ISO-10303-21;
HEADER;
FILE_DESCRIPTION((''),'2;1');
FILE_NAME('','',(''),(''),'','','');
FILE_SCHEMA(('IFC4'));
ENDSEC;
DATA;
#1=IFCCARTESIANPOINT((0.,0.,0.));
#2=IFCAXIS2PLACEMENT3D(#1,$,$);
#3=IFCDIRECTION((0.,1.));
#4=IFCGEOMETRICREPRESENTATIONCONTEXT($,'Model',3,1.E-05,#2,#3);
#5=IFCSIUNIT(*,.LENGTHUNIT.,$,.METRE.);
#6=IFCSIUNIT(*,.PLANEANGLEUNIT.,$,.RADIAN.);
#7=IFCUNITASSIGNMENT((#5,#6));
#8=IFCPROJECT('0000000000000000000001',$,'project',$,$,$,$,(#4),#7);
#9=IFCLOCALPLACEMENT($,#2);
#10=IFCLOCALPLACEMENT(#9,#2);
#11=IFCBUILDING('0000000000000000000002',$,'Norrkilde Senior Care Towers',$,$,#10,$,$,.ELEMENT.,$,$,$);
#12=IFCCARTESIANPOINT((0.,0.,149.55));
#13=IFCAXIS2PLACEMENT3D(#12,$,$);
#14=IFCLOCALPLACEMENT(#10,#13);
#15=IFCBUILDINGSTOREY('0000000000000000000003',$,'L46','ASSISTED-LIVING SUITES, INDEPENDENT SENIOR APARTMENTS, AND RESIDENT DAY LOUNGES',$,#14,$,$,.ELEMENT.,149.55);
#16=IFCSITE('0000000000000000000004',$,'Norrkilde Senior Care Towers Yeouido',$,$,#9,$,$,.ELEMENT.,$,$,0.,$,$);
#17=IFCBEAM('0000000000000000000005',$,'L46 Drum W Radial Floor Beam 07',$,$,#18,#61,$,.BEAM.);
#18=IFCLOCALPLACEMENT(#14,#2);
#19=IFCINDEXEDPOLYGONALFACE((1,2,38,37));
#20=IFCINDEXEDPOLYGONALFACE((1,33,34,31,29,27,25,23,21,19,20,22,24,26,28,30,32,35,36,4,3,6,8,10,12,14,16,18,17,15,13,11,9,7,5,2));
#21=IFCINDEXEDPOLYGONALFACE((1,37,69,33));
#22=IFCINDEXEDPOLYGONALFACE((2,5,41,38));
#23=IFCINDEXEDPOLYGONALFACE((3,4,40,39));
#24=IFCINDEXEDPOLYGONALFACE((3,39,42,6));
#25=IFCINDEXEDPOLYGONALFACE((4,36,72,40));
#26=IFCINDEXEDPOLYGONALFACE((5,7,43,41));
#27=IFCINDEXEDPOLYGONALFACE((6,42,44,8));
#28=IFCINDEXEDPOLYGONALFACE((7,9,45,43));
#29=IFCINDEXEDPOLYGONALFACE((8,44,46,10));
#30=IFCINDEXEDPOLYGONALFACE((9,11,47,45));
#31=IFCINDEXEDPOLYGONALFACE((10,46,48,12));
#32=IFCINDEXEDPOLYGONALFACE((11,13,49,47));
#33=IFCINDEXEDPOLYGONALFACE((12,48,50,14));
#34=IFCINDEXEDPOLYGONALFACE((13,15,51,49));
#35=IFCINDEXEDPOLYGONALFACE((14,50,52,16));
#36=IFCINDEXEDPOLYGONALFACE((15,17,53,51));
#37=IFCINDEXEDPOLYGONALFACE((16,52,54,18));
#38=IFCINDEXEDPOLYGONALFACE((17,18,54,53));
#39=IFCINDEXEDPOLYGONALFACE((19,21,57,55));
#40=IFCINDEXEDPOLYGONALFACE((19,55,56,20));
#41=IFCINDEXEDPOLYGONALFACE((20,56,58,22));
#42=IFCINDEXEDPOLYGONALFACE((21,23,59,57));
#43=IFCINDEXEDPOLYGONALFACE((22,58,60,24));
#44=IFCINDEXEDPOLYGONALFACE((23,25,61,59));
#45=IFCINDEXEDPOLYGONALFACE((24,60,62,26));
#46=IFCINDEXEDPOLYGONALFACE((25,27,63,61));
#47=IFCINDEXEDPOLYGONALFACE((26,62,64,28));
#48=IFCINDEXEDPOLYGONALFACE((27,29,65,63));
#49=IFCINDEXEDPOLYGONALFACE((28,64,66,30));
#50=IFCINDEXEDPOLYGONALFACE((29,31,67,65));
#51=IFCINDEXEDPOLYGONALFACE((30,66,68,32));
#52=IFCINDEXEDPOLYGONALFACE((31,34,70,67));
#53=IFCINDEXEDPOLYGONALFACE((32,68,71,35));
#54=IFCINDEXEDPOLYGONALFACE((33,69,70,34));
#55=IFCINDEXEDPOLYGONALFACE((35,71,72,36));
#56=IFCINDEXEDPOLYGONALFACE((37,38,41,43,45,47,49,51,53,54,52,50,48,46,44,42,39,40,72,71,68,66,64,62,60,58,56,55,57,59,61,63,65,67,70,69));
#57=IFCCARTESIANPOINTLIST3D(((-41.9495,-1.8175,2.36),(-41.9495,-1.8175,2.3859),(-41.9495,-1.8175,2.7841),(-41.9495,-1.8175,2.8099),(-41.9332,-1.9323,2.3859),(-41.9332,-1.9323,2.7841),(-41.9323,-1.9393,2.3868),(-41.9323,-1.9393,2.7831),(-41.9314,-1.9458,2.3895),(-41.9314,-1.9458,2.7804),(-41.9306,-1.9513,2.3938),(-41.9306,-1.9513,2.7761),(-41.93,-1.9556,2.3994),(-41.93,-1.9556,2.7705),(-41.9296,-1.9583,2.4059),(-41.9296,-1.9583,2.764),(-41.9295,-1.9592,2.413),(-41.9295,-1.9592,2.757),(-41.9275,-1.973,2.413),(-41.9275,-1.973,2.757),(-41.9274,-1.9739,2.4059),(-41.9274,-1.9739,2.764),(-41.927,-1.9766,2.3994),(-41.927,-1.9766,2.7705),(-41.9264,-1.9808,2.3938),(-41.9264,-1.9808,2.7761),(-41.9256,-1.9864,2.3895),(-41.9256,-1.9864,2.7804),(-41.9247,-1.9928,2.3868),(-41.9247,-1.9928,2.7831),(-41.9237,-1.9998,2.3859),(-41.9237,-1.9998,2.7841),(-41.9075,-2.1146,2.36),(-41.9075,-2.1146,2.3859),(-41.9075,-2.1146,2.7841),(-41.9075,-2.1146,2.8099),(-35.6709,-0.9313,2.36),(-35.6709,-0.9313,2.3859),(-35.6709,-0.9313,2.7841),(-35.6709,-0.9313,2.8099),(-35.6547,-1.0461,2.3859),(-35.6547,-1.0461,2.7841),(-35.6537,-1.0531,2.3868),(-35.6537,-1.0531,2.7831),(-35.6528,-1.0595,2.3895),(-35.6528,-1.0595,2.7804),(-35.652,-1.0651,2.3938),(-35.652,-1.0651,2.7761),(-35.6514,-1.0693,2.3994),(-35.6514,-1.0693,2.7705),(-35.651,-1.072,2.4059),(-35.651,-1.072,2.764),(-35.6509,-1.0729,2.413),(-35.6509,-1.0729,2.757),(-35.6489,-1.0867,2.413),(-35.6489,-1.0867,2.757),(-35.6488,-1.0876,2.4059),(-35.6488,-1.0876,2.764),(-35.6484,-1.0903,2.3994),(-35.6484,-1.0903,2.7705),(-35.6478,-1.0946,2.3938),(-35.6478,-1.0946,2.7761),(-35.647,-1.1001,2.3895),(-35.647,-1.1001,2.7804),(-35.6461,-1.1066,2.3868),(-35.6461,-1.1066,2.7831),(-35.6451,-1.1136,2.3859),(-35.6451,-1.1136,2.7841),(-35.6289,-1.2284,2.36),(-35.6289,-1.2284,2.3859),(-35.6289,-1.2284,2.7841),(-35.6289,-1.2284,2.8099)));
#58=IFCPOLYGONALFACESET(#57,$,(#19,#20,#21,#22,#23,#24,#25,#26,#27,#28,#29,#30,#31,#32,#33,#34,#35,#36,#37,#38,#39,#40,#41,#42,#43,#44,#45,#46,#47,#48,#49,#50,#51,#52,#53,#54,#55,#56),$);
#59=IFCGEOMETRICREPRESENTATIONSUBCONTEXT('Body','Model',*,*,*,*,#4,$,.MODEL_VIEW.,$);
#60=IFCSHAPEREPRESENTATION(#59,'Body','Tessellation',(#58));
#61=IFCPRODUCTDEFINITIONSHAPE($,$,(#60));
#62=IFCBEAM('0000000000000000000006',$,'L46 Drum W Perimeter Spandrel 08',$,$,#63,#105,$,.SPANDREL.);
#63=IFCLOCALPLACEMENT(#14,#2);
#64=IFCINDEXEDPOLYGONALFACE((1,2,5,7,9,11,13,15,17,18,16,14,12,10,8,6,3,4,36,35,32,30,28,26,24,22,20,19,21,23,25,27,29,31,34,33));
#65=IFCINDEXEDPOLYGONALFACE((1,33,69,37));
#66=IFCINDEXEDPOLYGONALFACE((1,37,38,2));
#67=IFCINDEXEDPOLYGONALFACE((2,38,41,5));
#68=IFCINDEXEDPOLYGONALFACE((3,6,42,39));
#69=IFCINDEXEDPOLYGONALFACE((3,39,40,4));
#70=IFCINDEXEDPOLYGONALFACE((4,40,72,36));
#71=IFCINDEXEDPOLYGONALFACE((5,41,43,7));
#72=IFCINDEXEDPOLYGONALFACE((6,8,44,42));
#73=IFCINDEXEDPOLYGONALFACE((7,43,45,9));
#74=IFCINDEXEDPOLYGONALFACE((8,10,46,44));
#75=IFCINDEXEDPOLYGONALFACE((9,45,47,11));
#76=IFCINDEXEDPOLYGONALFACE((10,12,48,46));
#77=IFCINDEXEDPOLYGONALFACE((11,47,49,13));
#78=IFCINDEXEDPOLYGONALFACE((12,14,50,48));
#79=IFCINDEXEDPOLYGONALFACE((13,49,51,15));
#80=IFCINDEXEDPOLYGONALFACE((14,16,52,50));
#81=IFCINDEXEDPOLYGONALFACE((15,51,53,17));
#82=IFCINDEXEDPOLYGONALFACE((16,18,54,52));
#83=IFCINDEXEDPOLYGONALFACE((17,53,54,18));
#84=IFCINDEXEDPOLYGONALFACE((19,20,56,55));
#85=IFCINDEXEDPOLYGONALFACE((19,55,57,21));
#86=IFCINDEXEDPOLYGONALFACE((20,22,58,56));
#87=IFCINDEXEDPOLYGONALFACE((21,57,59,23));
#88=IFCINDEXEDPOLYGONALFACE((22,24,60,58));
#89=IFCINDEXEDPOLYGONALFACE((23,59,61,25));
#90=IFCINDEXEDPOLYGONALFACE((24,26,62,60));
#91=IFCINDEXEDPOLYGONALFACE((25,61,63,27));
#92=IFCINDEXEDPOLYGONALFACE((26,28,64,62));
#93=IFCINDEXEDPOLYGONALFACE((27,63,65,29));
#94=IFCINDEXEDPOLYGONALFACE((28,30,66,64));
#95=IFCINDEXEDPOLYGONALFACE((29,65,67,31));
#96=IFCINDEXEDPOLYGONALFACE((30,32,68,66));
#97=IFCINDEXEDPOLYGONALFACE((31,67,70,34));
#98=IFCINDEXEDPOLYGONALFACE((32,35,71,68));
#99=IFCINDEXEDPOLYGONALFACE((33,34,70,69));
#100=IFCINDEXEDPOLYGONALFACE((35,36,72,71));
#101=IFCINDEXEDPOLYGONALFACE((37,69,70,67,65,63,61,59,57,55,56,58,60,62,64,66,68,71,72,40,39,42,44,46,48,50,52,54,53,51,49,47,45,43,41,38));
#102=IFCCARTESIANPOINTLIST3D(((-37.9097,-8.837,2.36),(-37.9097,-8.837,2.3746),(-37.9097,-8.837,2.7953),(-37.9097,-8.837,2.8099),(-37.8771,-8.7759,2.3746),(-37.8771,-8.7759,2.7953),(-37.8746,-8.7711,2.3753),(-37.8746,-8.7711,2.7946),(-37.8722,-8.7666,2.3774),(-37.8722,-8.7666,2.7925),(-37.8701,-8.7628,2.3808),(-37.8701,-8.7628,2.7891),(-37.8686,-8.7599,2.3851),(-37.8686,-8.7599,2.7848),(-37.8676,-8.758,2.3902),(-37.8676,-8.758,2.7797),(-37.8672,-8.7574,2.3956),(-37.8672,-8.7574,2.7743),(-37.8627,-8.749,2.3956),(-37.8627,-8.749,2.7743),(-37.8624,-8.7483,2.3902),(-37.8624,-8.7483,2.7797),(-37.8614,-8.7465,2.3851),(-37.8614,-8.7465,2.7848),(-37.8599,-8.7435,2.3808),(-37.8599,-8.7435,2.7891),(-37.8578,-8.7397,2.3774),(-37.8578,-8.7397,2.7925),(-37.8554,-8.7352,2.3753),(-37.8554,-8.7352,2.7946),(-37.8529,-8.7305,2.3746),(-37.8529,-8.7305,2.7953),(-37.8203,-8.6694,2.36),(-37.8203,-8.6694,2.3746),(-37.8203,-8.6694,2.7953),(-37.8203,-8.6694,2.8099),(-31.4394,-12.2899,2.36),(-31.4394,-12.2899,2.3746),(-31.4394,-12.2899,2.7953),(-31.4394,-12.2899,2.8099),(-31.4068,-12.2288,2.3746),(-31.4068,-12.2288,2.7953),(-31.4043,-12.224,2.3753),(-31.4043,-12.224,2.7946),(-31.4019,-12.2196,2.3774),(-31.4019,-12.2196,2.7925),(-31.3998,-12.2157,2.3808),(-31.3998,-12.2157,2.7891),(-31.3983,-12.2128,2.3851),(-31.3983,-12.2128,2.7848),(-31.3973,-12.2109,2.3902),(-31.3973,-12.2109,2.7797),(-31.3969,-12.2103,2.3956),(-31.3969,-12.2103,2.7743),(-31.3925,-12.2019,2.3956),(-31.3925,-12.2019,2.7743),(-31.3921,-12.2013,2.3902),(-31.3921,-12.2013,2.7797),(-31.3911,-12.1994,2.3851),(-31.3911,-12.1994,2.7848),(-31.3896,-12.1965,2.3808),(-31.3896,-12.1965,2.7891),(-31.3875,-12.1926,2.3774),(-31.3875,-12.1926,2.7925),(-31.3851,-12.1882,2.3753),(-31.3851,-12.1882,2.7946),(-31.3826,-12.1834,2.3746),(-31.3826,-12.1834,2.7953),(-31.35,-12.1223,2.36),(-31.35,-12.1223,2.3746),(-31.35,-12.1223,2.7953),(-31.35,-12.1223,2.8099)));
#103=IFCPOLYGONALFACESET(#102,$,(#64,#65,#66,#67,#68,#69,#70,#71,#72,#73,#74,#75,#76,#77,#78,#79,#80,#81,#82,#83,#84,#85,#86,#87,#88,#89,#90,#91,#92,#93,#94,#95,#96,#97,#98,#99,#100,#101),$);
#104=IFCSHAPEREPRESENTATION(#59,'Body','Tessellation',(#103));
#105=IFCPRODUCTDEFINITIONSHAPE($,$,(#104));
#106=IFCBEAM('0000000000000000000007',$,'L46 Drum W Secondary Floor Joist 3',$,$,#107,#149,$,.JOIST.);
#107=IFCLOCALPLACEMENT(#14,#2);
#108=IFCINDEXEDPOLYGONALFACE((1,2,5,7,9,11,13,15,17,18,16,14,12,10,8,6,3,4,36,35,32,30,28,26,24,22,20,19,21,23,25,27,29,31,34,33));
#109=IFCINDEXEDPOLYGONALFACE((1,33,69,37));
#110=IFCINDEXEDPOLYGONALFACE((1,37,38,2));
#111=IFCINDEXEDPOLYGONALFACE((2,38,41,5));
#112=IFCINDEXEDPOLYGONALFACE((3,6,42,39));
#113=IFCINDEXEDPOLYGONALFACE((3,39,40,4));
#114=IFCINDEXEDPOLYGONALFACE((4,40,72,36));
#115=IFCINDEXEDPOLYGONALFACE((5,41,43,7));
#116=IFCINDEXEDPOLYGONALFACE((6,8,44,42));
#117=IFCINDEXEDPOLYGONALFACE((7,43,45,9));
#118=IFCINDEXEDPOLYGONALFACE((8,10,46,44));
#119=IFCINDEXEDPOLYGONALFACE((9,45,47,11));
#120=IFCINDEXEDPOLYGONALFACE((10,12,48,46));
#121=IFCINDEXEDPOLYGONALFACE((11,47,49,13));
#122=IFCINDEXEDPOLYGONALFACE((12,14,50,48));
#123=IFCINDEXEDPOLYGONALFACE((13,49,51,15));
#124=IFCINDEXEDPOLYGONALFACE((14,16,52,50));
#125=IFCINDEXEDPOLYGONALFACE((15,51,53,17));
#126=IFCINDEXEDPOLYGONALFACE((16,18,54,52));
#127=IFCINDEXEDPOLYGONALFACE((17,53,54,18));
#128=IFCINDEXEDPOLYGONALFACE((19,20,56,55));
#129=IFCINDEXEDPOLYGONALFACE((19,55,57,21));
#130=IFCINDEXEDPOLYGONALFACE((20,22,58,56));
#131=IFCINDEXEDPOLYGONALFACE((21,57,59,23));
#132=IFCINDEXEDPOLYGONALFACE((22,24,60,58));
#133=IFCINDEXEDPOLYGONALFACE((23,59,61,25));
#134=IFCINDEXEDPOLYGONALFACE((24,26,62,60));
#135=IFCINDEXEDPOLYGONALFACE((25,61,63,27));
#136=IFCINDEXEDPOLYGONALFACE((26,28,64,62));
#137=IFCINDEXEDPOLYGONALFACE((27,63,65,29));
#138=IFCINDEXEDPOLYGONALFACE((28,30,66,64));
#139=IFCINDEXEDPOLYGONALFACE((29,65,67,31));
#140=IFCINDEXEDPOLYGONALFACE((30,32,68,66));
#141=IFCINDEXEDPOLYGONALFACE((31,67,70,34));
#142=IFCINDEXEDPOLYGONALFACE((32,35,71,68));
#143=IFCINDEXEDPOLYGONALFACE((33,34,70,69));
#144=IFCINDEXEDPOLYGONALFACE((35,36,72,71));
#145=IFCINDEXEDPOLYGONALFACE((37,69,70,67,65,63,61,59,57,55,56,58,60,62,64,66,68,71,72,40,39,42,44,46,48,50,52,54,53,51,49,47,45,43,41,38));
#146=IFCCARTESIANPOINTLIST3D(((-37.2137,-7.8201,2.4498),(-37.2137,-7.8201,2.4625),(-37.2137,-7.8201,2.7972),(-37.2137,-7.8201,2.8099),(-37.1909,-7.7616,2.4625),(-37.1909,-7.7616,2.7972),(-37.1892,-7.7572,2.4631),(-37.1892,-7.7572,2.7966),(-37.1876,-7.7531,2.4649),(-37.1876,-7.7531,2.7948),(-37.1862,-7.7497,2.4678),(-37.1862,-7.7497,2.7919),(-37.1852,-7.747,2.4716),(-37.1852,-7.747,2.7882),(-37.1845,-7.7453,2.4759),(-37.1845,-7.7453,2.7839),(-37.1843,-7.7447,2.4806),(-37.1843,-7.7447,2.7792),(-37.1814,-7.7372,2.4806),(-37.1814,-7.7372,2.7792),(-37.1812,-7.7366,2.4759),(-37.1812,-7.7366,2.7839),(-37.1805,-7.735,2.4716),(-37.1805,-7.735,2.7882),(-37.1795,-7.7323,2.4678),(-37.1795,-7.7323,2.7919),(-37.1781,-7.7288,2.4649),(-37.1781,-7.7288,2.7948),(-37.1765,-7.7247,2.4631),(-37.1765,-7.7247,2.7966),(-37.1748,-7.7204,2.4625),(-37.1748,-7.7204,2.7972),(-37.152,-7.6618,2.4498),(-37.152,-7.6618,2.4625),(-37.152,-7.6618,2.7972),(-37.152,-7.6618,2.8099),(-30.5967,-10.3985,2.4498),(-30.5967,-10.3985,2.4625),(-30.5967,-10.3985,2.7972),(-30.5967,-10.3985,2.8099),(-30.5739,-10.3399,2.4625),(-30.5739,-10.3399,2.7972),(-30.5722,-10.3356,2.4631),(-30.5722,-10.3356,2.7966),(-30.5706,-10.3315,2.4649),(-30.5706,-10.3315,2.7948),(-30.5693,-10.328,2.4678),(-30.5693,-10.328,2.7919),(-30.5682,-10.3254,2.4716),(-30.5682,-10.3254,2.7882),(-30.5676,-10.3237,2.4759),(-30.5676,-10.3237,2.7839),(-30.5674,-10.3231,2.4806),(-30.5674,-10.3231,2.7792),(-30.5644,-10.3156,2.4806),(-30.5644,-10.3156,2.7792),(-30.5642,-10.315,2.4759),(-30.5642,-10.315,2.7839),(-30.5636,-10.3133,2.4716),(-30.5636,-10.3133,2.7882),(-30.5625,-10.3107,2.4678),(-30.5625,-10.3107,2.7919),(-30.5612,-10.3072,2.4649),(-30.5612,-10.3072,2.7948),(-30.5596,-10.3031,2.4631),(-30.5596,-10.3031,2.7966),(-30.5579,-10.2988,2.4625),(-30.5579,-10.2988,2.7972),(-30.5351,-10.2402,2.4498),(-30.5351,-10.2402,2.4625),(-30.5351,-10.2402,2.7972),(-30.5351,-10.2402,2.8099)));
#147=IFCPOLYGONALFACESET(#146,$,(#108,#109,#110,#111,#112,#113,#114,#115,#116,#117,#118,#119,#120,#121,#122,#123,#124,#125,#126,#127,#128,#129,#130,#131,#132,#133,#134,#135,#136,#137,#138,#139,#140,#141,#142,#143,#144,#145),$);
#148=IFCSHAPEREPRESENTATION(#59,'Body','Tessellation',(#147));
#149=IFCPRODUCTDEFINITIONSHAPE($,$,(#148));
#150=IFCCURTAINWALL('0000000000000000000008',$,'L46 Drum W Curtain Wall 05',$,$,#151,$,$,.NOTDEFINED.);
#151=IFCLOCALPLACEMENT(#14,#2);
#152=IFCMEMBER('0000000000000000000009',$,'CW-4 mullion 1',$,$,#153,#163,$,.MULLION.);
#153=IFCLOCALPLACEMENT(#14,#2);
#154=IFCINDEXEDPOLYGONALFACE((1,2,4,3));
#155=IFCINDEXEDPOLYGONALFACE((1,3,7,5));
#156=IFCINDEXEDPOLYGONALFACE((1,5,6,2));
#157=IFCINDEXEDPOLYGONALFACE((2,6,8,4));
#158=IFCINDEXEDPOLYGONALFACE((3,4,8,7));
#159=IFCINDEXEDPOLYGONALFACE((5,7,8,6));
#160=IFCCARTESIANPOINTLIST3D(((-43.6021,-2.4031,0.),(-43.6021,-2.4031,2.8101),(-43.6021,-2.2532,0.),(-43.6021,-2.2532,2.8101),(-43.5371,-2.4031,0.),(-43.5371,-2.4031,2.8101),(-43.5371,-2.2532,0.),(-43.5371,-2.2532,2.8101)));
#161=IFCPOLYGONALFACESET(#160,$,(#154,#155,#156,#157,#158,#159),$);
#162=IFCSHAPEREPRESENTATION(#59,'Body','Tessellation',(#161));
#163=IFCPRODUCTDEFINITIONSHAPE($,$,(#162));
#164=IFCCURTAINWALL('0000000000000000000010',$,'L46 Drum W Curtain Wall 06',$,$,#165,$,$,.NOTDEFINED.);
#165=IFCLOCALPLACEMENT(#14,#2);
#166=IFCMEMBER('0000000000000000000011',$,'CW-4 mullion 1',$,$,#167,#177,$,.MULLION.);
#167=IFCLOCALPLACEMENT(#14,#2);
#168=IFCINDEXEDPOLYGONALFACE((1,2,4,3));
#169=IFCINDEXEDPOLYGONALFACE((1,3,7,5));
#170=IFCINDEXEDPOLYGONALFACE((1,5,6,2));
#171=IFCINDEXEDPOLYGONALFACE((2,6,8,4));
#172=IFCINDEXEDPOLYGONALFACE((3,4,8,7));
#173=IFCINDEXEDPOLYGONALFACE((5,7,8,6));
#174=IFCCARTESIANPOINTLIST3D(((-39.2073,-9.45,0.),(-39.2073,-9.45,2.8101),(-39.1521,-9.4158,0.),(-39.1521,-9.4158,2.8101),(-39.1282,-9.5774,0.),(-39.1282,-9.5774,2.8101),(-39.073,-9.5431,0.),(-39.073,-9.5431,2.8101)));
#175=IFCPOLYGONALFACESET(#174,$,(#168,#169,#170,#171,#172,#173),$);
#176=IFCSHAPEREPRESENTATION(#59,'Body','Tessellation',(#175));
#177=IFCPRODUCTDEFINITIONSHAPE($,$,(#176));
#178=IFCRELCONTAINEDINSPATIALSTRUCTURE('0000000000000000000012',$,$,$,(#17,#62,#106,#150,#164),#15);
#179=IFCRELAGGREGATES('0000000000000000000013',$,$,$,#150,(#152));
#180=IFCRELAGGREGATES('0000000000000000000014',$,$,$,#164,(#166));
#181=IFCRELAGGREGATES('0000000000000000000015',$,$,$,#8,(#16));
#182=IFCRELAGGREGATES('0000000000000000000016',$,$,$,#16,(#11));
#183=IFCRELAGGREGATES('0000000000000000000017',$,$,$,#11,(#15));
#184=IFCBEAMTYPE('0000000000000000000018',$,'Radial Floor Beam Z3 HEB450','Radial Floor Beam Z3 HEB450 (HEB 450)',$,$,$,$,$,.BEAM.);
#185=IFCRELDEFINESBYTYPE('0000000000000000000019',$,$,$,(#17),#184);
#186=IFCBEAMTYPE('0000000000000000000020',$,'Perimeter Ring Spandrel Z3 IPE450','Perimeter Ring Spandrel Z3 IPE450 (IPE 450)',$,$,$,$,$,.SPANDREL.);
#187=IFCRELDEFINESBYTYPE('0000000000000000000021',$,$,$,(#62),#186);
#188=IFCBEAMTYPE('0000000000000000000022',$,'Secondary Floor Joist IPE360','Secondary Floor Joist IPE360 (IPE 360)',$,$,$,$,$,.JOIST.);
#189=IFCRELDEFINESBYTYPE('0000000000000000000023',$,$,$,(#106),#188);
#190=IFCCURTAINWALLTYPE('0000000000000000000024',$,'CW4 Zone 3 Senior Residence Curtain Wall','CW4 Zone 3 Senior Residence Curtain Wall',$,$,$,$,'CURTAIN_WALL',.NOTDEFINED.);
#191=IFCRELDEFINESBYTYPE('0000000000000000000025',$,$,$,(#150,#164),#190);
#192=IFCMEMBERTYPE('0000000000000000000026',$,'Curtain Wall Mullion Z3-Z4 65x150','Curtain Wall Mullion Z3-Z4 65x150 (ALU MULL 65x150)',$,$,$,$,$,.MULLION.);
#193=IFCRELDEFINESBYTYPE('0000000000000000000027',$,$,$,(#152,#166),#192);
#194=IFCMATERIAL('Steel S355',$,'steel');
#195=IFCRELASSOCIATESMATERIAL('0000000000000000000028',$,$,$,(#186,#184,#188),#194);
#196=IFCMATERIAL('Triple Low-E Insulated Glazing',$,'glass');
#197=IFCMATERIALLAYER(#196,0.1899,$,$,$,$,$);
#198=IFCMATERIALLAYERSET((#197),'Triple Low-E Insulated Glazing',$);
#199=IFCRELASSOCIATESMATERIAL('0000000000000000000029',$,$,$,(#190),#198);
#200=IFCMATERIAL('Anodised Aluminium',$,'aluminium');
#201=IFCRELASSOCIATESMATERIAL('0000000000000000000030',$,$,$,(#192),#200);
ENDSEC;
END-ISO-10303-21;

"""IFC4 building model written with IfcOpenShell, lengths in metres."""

from ifc_helpers import new_model, si_unit, direction, frame, origin, origin_2d, place, context, subcontext, project, spatial, rectangle, i_section, extrude, source, transform, mapped, material, layer, layer_set, material_profile, profile_set, type_object, type_shapes, element, aggregate, save


model = new_model("IFC4")

# Units and contexts
model_context = context("Model", 3, precision=1e-05, world=origin(), true_north=direction((0.0, 1.0)))
body_context = subcontext(model_context, "Body", "Model", "MODEL_VIEW")
ifc_project = project(units=[si_unit("LENGTHUNIT", "METRE"), si_unit("PLANEANGLEUNIT", "RADIAN")], contexts=[model_context])

# Site, building, storey
site_placement = place(None, origin())
site = spatial("IfcSite", under=ifc_project, at=site_placement, Name="Norrkilde Senior Care Towers Yeouido", CompositionType="ELEMENT", RefElevation=0.0)
building_placement = place(site_placement, origin())
building = spatial("IfcBuilding", under=site, at=building_placement, Name="Norrkilde Senior Care Towers", CompositionType="ELEMENT")
storey_placement = place(building_placement, frame((0.0, 0.0, 149.55)))
storey = spatial("IfcBuildingStorey", under=building, at=storey_placement, Name="L46", Description="ASSISTED-LIVING SUITES, INDEPENDENT SENIOR APARTMENTS, AND RESIDENT DAY LOUNGES", CompositionType="ELEMENT", Elevation=149.55)

# Beams
ifc_material_1 = material(Name="Steel S355", Category="steel")
ifc_material_profile_1 = material_profile(ifc_material_1, i_section(OverallWidth=0.1899, OverallDepth=0.45, WebThickness=0.0095, FlangeThickness=0.0146, FilletRadius=0.021, at=origin_2d()), Name="IPE 450")
ifc_profile_set_1 = profile_set([ifc_material_profile_1], Name="Steel S355")
beam_type_1 = type_object("IfcBeamType", Name="Perimeter Ring Spandrel Z3 IPE450", Description="Perimeter Ring Spandrel Z3 IPE450 (IPE 450)", PredefinedType="SPANDREL", material=ifc_profile_set_1)
ifc_material_profile_2 = material_profile(ifc_material_1, i_section(OverallWidth=0.3, OverallDepth=0.45, WebThickness=0.0139, FlangeThickness=0.0259, FilletRadius=0.0271, at=origin_2d()), Name="HEB 450")
ifc_profile_set_2 = profile_set([ifc_material_profile_2], Name="Steel S355")
beam_type_2 = type_object("IfcBeamType", Name="Radial Floor Beam Z3 HEB450", Description="Radial Floor Beam Z3 HEB450 (HEB 450)", PredefinedType="BEAM", material=ifc_profile_set_2)
shared_shape_1 = source(origin(), body_context, "Body", "SweptSolid", [
    extrude(i_section(OverallWidth=0.3, OverallDepth=0.45, WebThickness=0.0139, FlangeThickness=0.0259, FilletRadius=0.0271, at=origin_2d()), origin(), (0.0, 0.0, 1.0), 6.3408),
])
type_shapes(beam_type_2, [shared_shape_1])
beam_1_placement = place(storey_placement, frame((-35.6499, -1.0798, 2.585), z_axis=(-0.990185, -0.139766, 0.0), x_axis=(0.139766, -0.990185, 0.0)))
element("IfcBeam", 1, at=beam_1_placement, inside=storey, type_object=beam_type_2, Name="L46 Drum W Radial Floor Beam 07", PredefinedType="BEAM", context=body_context, shape_type="MappedRepresentation", body=[
    mapped(shared_shape_1, transform((0.0, 0.0, 0.0), x_axis=(1.0, 0.0, 0.0), y_axis=(0.0, 1.0, 0.0), z_axis=(0.0, 0.0, 1.0), scale=1.0)),
])
shared_shape_2 = source(origin(), body_context, "Body", "SweptSolid", [
    extrude(i_section(OverallWidth=0.1899, OverallDepth=0.45, WebThickness=0.0095, FlangeThickness=0.0146, FilletRadius=0.021, at=origin_2d()), origin(), (0.0, 0.0, 1.0), 7.334),
])
beam_2_placement = place(storey_placement, frame((-37.865, -8.7532, 2.585), z_axis=(0.882234, -0.470811, 0.0), x_axis=(0.470811, 0.882234, 0.0)))
element("IfcBeam", 2, at=beam_2_placement, inside=storey, type_object=beam_type_1, Name="L46 Drum W Perimeter Spandrel 08", PredefinedType="SPANDREL", context=body_context, shape_type="MappedRepresentation", body=[
    mapped(shared_shape_2, transform((0.0, 0.0, 0.0), x_axis=(1.0, 0.0, 0.0), y_axis=(0.0, 1.0, 0.0), z_axis=(0.0, 0.0, 1.0), scale=1.0)),
])
ifc_material_profile_3 = material_profile(ifc_material_1, i_section(OverallWidth=0.1699, OverallDepth=0.3601, WebThickness=0.0081, FlangeThickness=0.0127, FilletRadius=0.0181, at=origin_2d()), Name="IPE 360")
ifc_profile_set_3 = profile_set([ifc_material_profile_3], Name="Steel S355")
beam_type_3 = type_object("IfcBeamType", Name="Secondary Floor Joist IPE360", Description="Secondary Floor Joist IPE360 (IPE 360)", PredefinedType="JOIST", material=ifc_profile_set_3)
shared_shape_3 = source(origin(), body_context, "Body", "SweptSolid", [
    extrude(i_section(OverallWidth=0.1699, OverallDepth=0.3601, WebThickness=0.0081, FlangeThickness=0.0127, FilletRadius=0.0181, at=origin_2d()), origin(), (0.0, 0.0, 1.0), 7.1016),
])
type_shapes(beam_type_3, [shared_shape_3])
beam_3_placement = place(storey_placement, frame((-37.1829, -7.741, 2.6299), z_axis=(0.931761, -0.363072, 0.0), x_axis=(0.363072, 0.931761, 0.0)))
element("IfcBeam", 3, at=beam_3_placement, inside=storey, type_object=beam_type_3, Name="L46 Drum W Secondary Floor Joist 3", PredefinedType="JOIST", context=body_context, shape_type="MappedRepresentation", body=[
    mapped(shared_shape_3, transform((0.0, 0.0, 0.0), x_axis=(1.0, 0.0, 0.0), y_axis=(0.0, 1.0, 0.0), z_axis=(0.0, 0.0, 1.0), scale=1.0)),
])

# Curtain wall, member
ifc_material_2 = material(Name="Triple Low-E Insulated Glazing", Category="glass")
ifc_layer_1 = layer(ifc_material_2, 0.1899)
ifc_layer_set_1 = layer_set([ifc_layer_1], Name="Triple Low-E Insulated Glazing")
curtain_wall_type = type_object("IfcCurtainWallType", Name="CW4 Zone 3 Senior Residence Curtain Wall", Description="CW4 Zone 3 Senior Residence Curtain Wall", ElementType="CURTAIN_WALL", PredefinedType="NOTDEFINED", material=ifc_layer_set_1)
curtain_wall_1_placement = place(storey_placement, origin())
curtain_wall_1 = element("IfcCurtainWall", 4, at=curtain_wall_1_placement, inside=storey, type_object=curtain_wall_type, Name="L46 Drum W Curtain Wall 05", PredefinedType="NOTDEFINED")
ifc_material_3 = material(Name="Anodised Aluminium", Category="aluminium")
ifc_material_profile_4 = material_profile(ifc_material_3, rectangle(XDim=0.0649, YDim=0.1499, at=origin_2d()), Name="ALU MULL 65x150")
ifc_profile_set_4 = profile_set([ifc_material_profile_4], Name="Anodised Aluminium")
member_type_1 = type_object("IfcMemberType", Name="Curtain Wall Mullion Z3-Z4 65x150", Description="Curtain Wall Mullion Z3-Z4 65x150 (ALU MULL 65x150)", PredefinedType="MULLION", material=ifc_profile_set_4)
shared_shape_4 = source(origin(), body_context, "Body", "SweptSolid", [
    extrude(rectangle(XDim=0.0649, YDim=0.1499, at=origin_2d()), origin(), (0.0, 0.0, 1.0), 2.8101),
])
type_shapes(member_type_1, [shared_shape_4])
member_1_placement = place(storey_placement, frame((-43.5696, -2.3281, 0.0), z_axis=(0.0, 0.0, 1.0), x_axis=(-1.0, 0.0, 0.0)))
member_1 = element("IfcMember", 5, at=member_1_placement, type_object=member_type_1, Name="CW-4 mullion 1", PredefinedType="MULLION", context=body_context, shape_type="MappedRepresentation", body=[
    mapped(shared_shape_4, transform((0.0, 0.0, 0.0), x_axis=(1.0, 0.0, 0.0), y_axis=(0.0, 1.0, 0.0), z_axis=(0.0, 0.0, 1.0), scale=1.0)),
])

# Curtain wall, member
curtain_wall_2_placement = place(storey_placement, origin())
curtain_wall_2 = element("IfcCurtainWall", 6, at=curtain_wall_2_placement, inside=storey, type_object=curtain_wall_type, Name="L46 Drum W Curtain Wall 06", PredefinedType="NOTDEFINED")
member_2_placement = place(storey_placement, frame((-39.1401, -9.4966, 0.0), z_axis=(0.0, 0.0, 1.0), x_axis=(-0.849634, -0.527373, 0.0)))
member_2 = element("IfcMember", 7, at=member_2_placement, type_object=member_type_1, Name="CW-4 mullion 1", PredefinedType="MULLION", context=body_context, shape_type="MappedRepresentation", body=[
    mapped(shared_shape_4, transform((0.0, 0.0, 0.0), x_axis=(1.0, 0.0, 0.0), y_axis=(0.0, 1.0, 0.0), z_axis=(0.0, 0.0, 1.0), scale=1.0)),
])

aggregate(curtain_wall_1, [member_1])

aggregate(curtain_wall_2, [member_2])

save(model, "model.ifc")
